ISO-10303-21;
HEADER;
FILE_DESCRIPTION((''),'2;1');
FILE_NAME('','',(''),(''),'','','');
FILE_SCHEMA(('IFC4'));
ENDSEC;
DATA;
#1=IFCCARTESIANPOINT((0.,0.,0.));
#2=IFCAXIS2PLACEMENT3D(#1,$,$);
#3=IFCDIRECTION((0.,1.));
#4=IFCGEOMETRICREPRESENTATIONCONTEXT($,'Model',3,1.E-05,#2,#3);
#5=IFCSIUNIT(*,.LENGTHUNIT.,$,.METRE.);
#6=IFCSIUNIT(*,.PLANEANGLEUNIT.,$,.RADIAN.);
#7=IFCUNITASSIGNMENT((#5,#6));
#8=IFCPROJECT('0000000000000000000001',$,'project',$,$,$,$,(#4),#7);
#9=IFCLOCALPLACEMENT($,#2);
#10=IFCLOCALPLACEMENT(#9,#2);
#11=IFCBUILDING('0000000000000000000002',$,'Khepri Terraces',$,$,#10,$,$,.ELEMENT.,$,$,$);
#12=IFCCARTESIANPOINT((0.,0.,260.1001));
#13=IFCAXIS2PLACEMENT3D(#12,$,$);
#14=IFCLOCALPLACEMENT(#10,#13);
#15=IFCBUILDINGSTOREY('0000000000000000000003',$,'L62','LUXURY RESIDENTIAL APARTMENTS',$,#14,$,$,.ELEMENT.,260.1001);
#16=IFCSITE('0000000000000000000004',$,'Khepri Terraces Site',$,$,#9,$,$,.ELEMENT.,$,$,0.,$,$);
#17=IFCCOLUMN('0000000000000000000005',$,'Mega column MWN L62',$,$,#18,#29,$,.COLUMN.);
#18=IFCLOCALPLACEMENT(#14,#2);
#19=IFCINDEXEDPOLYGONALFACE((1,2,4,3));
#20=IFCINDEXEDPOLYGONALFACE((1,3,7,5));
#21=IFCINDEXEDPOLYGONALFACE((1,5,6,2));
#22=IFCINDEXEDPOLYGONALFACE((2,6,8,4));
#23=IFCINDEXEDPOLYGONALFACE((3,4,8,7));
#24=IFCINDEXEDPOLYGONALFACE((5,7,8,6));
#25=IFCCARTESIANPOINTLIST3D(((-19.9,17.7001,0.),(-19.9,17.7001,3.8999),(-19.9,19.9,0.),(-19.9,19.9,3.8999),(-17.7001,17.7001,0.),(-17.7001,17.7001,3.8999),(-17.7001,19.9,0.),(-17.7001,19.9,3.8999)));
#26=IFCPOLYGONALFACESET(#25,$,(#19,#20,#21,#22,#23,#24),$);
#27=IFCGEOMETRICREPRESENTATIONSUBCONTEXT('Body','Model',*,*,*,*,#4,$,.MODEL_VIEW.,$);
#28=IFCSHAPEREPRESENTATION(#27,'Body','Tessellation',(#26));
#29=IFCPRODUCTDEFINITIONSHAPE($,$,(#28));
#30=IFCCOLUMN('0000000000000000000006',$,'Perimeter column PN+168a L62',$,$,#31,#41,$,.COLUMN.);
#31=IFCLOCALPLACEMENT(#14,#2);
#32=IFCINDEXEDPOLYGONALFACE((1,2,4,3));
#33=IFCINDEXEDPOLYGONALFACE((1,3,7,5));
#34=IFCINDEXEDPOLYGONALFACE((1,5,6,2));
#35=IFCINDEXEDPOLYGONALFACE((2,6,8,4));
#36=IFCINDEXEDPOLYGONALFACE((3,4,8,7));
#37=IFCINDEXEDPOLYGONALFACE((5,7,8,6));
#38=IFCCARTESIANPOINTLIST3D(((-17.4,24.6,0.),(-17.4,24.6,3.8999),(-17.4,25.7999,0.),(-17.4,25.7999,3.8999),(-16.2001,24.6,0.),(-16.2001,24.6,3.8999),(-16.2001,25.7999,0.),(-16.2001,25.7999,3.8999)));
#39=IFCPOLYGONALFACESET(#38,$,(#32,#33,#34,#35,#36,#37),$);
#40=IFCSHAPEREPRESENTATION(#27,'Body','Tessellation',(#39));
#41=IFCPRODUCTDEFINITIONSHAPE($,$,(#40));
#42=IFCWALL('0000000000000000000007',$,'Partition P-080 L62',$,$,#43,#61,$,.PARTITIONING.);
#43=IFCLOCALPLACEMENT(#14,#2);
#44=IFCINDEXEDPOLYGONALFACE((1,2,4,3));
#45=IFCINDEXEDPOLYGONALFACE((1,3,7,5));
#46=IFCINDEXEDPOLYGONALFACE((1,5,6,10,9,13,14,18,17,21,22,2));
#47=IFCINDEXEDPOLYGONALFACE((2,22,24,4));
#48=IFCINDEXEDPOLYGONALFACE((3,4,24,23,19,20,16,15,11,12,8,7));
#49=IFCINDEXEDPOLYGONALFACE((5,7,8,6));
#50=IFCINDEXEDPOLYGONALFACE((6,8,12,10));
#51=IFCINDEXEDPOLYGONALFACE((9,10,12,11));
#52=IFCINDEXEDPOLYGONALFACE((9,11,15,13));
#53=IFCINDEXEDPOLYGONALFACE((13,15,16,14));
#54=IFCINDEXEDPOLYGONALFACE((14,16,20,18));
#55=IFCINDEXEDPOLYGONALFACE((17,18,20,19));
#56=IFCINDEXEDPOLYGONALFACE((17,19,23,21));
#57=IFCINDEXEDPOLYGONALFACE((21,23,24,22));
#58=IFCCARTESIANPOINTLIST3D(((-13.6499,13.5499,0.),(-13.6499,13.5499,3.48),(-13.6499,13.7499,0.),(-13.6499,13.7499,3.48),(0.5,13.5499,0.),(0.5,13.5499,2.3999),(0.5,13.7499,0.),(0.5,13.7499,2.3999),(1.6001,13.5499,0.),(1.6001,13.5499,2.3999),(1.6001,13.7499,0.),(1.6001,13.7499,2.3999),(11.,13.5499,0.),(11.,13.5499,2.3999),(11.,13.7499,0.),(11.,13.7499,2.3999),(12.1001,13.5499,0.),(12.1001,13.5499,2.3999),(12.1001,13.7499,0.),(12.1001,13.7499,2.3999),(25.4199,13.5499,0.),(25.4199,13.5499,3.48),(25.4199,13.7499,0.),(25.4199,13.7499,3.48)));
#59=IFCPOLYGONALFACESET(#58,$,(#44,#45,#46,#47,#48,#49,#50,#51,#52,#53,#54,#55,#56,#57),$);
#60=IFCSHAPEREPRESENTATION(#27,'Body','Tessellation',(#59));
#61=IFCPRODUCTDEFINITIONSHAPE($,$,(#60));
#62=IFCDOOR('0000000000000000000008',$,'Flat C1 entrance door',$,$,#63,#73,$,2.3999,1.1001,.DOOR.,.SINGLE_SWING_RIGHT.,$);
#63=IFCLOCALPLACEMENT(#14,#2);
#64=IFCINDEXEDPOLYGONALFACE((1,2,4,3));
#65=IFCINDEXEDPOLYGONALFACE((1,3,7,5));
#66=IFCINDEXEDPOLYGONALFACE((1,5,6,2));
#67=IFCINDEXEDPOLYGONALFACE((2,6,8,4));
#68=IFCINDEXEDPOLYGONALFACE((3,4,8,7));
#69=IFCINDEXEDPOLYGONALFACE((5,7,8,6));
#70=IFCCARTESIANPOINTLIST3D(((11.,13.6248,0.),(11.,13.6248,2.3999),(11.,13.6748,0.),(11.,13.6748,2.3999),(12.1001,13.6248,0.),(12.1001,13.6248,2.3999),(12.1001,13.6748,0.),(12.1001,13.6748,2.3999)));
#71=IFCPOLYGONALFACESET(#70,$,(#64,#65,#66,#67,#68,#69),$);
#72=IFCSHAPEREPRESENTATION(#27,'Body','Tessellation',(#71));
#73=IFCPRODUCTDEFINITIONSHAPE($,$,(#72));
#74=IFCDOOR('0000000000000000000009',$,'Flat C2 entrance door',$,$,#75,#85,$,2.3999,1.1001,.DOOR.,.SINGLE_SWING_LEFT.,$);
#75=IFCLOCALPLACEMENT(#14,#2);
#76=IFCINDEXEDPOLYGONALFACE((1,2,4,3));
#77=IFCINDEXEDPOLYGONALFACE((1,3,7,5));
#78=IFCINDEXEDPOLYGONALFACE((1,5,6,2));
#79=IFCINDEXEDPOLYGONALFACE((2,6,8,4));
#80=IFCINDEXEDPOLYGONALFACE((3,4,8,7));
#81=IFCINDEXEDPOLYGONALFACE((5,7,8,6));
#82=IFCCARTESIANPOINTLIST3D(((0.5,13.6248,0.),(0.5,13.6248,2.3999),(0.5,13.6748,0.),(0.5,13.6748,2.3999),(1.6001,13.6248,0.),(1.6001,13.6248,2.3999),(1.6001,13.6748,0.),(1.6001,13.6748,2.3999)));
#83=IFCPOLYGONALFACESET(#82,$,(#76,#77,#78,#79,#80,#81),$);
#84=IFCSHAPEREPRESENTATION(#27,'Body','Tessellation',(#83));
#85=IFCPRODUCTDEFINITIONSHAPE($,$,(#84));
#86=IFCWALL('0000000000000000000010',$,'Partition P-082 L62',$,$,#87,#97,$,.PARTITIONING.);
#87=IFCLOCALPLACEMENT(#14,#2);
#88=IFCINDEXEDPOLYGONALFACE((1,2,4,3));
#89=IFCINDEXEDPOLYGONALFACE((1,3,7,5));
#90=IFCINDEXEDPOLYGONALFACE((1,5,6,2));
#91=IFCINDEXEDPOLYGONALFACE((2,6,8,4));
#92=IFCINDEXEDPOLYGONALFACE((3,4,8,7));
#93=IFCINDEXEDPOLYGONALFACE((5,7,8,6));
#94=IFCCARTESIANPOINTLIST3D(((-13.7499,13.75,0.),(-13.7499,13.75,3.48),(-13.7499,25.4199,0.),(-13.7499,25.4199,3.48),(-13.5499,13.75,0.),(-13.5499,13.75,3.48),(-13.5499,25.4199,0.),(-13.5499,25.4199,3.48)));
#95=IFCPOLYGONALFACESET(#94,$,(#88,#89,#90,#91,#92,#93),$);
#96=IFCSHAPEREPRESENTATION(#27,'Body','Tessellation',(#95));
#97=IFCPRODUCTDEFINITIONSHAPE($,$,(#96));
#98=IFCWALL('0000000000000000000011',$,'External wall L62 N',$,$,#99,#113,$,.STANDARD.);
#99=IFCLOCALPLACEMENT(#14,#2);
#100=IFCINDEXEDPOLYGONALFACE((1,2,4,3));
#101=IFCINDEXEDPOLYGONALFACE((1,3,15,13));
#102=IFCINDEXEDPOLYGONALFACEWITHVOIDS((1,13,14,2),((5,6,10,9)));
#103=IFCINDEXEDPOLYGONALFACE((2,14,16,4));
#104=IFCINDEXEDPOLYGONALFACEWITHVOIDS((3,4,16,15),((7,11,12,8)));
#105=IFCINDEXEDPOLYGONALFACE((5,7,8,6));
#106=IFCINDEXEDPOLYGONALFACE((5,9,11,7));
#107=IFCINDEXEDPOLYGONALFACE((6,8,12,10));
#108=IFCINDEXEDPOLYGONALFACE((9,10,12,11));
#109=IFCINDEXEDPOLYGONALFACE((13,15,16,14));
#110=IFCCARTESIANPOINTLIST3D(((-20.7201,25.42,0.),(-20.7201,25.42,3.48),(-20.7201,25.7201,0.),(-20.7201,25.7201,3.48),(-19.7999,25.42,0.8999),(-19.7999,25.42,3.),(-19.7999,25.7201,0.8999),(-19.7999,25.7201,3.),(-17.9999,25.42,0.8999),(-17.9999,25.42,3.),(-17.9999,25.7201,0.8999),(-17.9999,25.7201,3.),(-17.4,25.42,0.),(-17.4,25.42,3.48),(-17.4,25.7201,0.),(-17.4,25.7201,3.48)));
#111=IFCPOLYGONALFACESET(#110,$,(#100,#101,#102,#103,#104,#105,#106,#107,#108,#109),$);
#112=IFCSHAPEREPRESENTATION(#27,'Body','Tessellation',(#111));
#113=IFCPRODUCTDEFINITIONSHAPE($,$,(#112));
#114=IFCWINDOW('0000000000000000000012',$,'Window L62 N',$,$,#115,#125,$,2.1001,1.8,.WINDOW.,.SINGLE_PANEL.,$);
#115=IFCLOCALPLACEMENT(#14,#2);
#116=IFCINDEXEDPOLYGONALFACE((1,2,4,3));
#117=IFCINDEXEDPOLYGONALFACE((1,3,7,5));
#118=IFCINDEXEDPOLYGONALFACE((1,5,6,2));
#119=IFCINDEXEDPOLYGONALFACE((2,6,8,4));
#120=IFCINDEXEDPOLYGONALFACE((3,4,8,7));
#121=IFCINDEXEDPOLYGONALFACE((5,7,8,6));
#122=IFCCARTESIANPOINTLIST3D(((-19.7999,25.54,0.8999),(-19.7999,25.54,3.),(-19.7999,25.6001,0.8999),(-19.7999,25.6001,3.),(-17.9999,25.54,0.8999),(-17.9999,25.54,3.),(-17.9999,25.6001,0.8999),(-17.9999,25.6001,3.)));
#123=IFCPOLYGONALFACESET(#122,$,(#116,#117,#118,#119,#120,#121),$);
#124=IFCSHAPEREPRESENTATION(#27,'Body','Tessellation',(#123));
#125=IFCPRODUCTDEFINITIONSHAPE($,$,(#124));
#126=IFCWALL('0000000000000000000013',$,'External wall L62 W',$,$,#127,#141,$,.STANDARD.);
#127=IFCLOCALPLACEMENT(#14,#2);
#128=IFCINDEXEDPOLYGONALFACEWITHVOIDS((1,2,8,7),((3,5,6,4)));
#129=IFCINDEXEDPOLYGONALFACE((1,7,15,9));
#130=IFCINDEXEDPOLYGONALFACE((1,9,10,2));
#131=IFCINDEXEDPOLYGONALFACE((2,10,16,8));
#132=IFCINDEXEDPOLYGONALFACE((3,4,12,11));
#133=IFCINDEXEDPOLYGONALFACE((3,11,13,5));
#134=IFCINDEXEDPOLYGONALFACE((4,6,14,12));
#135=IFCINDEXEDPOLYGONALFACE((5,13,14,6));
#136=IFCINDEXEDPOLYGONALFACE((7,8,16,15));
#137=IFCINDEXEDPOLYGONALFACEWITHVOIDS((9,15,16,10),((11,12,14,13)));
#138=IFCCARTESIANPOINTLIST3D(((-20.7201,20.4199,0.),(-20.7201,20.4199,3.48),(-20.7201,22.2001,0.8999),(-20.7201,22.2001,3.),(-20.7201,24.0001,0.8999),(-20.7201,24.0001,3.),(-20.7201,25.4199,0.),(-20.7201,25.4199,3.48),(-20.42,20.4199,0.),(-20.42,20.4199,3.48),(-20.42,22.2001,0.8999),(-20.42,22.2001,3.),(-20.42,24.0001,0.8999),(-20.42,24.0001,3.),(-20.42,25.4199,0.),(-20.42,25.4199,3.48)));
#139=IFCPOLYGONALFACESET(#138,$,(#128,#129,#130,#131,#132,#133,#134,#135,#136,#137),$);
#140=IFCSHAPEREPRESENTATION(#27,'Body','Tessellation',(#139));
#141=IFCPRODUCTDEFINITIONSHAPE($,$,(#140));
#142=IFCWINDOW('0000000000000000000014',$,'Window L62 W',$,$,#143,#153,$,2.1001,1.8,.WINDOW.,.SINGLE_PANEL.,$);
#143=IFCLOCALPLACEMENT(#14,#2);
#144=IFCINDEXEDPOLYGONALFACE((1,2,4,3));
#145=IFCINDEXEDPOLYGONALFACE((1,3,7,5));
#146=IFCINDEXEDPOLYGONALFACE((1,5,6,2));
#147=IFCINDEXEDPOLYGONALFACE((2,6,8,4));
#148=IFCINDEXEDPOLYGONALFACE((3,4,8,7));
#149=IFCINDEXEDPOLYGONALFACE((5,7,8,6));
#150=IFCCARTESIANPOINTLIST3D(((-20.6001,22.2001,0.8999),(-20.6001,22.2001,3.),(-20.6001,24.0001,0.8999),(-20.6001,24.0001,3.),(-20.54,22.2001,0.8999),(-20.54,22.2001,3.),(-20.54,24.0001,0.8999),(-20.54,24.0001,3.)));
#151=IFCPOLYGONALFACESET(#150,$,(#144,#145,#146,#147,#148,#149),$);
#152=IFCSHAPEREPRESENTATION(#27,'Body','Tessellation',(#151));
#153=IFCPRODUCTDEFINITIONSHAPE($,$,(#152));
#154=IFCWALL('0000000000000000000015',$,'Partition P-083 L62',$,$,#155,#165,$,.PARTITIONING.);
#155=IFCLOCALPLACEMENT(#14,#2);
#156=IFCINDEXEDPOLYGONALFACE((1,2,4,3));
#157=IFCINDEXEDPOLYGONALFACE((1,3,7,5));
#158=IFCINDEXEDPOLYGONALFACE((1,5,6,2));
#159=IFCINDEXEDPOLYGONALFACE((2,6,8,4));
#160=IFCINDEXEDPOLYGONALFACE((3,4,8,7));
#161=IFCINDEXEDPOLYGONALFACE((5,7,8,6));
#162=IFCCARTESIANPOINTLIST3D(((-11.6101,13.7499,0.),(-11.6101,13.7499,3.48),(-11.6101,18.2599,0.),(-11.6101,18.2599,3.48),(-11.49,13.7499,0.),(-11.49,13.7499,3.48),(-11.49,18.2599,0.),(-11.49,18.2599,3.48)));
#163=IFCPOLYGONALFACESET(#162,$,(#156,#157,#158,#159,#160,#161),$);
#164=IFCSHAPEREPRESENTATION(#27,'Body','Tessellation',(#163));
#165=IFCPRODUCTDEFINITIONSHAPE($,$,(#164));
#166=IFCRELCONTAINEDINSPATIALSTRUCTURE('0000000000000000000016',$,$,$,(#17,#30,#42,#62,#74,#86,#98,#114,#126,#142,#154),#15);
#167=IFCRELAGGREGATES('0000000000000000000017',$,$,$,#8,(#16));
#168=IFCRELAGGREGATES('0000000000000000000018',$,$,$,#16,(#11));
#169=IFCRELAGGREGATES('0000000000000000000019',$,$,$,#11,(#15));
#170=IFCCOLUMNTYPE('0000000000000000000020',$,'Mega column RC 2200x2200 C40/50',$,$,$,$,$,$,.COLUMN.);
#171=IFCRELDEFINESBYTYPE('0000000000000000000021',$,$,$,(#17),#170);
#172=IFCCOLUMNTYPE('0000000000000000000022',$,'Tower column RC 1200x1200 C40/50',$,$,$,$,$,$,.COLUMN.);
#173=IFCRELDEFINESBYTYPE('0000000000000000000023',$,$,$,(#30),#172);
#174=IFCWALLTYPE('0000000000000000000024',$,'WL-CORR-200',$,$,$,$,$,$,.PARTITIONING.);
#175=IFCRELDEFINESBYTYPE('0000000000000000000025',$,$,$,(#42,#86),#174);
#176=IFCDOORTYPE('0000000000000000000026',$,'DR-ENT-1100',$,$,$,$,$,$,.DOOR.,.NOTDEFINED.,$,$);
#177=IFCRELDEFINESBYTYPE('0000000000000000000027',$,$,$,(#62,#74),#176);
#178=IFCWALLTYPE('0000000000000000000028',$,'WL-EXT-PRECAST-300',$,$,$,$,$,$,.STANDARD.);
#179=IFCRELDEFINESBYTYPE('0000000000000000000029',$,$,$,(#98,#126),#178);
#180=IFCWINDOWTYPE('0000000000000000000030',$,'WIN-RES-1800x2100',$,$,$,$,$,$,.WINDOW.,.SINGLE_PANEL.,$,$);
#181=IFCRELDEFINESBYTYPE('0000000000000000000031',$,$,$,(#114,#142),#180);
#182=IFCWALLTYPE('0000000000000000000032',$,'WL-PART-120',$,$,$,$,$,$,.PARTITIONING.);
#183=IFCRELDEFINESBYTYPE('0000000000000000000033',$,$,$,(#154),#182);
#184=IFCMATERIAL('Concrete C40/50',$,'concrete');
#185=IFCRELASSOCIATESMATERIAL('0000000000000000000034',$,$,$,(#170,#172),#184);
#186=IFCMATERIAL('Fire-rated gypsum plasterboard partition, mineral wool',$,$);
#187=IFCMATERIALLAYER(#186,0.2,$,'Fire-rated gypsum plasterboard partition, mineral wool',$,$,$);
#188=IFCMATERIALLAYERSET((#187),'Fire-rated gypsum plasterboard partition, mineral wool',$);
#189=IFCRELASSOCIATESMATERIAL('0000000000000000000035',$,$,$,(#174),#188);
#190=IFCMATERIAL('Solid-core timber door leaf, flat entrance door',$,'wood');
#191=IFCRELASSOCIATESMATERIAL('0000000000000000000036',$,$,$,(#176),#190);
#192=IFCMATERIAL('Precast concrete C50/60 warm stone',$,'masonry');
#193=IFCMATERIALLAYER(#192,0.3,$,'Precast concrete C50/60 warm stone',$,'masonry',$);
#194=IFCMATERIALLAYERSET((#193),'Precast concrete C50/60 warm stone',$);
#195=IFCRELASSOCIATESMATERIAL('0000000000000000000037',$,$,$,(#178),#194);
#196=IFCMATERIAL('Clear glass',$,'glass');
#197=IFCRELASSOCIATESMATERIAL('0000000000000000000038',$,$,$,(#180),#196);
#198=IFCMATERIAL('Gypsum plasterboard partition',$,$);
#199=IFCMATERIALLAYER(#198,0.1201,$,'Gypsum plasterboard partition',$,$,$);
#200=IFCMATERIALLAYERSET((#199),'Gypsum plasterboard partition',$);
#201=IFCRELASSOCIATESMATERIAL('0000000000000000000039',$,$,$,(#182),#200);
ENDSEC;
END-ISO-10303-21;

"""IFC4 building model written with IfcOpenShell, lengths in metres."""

from ifc_helpers import new_model, si_unit, direction, frame, frame_2d, origin, origin_2d, place, context, subcontext, project, spatial, rectangle, extrude, material, layer, layer_set, material_profile, profile_set, type_object, element, fill, save


model = new_model("IFC4")

# Units and contexts
model_context = context("Model", 3, precision=1e-05, world=origin(), true_north=direction((0.0, 1.0)))
body_context = subcontext(model_context, "Body", "Model", "MODEL_VIEW")
ifc_project = project(units=[si_unit("LENGTHUNIT", "METRE"), si_unit("PLANEANGLEUNIT", "RADIAN")], contexts=[model_context])

# Site, building, storey
site_placement = place(None, origin())
site = spatial("IfcSite", under=ifc_project, at=site_placement, Name="Khepri Terraces Site", CompositionType="ELEMENT", RefElevation=0.0)
building_placement = place(site_placement, origin())
building = spatial("IfcBuilding", under=site, at=building_placement, Name="Khepri Terraces", CompositionType="ELEMENT")
storey_placement = place(building_placement, frame((0.0, 0.0, 260.1001)))
storey = spatial("IfcBuildingStorey", under=building, at=storey_placement, Name="L62", Description="LUXURY RESIDENTIAL APARTMENTS", CompositionType="ELEMENT", Elevation=260.1001)

# Columns
ifc_material_1 = material(Name="Concrete C40/50", Category="concrete")
ifc_material_profile_1 = material_profile(ifc_material_1, rectangle(XDim=2.2, YDim=2.2, at=origin_2d()), Name="Concrete C40/50", Category="concrete")
ifc_profile_set_1 = profile_set([ifc_material_profile_1], Name="Concrete C40/50")
column_type_1 = type_object("IfcColumnType", Name="Mega column RC 2200x2200 C40/50", PredefinedType="COLUMN", material=ifc_profile_set_1)
column_1_placement = place(storey_placement, frame((-18.8, 18.8, 0.0), z_axis=(0.0, 0.0, 1.0), x_axis=(1.0, 0.0, 0.0)))
element("IfcColumn", 1, at=column_1_placement, inside=storey, type_object=column_type_1, Name="Mega column MWN L62", PredefinedType="COLUMN", context=body_context, shape_type="SweptSolid", body=[
    extrude(rectangle(XDim=2.2, YDim=2.2, at=origin_2d()), origin(), (0.0, 0.0, 1.0), 3.8999),
])
ifc_material_profile_2 = material_profile(ifc_material_1, rectangle(XDim=1.2, YDim=1.2, at=origin_2d()), Name="Concrete C40/50", Category="concrete")
ifc_profile_set_2 = profile_set([ifc_material_profile_2], Name="Concrete C40/50")
column_type_2 = type_object("IfcColumnType", Name="Tower column RC 1200x1200 C40/50", PredefinedType="COLUMN", material=ifc_profile_set_2)
column_2_placement = place(storey_placement, frame((-16.8, 25.2, 0.0), z_axis=(0.0, 0.0, 1.0), x_axis=(1.0, 0.0, 0.0)))
element("IfcColumn", 2, at=column_2_placement, inside=storey, type_object=column_type_2, Name="Perimeter column PN+168a L62", PredefinedType="COLUMN", context=body_context, shape_type="SweptSolid", body=[
    extrude(rectangle(XDim=1.2, YDim=1.2, at=origin_2d()), origin(), (0.0, 0.0, 1.0), 3.8999),
])

# Wall, openings, doors
ifc_material_2 = material(Name="Fire-rated gypsum plasterboard partition, mineral wool")
ifc_layer_1 = layer(ifc_material_2, 0.2, Name="Fire-rated gypsum plasterboard partition, mineral wool")
ifc_layer_set_1 = layer_set([ifc_layer_1], Name="Fire-rated gypsum plasterboard partition, mineral wool")
wall_type_1 = type_object("IfcWallType", Name="WL-CORR-200", PredefinedType="PARTITIONING", material=ifc_layer_set_1)
wall_1_placement = place(storey_placement, frame((-13.6499, 13.6499, 0.0), z_axis=(0.0, 0.0, 1.0), x_axis=(1.0, 0.0, 0.0)))
wall_1 = element("IfcWall", 3, at=wall_1_placement, inside=storey, type_object=wall_type_1, Name="Partition P-080 L62", PredefinedType="PARTITIONING", context=body_context, shape_type="SweptSolid", body=[
    extrude(rectangle(XDim=39.0698, YDim=0.2, at=frame_2d((19.5349, 0.0))), origin(), (0.0, 0.0, 1.0), 3.48),
])
opening_1_placement = place(wall_1_placement, frame((24.6499, 0.0, 0.0)))
opening_1 = element("IfcOpeningElement", 4, at=opening_1_placement, cuts=wall_1, PredefinedType="OPENING", context=body_context, shape_type="SweptSolid", body=[
    extrude(rectangle(XDim=1.1001, YDim=2.3999, at=frame_2d((0.55, 1.2))), frame((0.0, 0.1099, 0.0), z_axis=(0.0, -1.0, 0.0), x_axis=(1.0, 0.0, 0.0)), (0.0, 0.0, 1.0), 0.22),
])
opening_2_placement = place(wall_1_placement, frame((14.1499, 0.0, 0.0)))
opening_2 = element("IfcOpeningElement", 5, at=opening_2_placement, cuts=wall_1, PredefinedType="OPENING", context=body_context, shape_type="SweptSolid", body=[
    extrude(rectangle(XDim=1.1001, YDim=2.3999, at=frame_2d((0.55, 1.2))), frame((0.0, 0.1099, 0.0), z_axis=(0.0, -1.0, 0.0), x_axis=(1.0, 0.0, 0.0)), (0.0, 0.0, 1.0), 0.22),
])
ifc_material_3 = material(Name="Solid-core timber door leaf, flat entrance door", Category="wood")
door_type_1 = type_object("IfcDoorType", Name="DR-ENT-1100", OperationType="NOTDEFINED", PredefinedType="DOOR", material=ifc_material_3)
door_1_placement = place(opening_1_placement, origin())
door_1 = element("IfcDoor", 6, at=door_1_placement, inside=storey, type_object=door_type_1, Name="Flat C1 entrance door", OperationType="SINGLE_SWING_RIGHT", OverallHeight=2.3999, OverallWidth=1.1001, PredefinedType="DOOR", context=body_context, shape_type="SweptSolid", body=[
    extrude(rectangle(XDim=1.1001, YDim=2.3999, at=frame_2d((0.55, 1.2))), frame((0.0, 0.0249, 0.0), z_axis=(0.0, -1.0, 0.0), x_axis=(1.0, 0.0, 0.0)), (0.0, 0.0, 1.0), 0.05),
])
fill(opening_1, door_1)
door_2_placement = place(opening_2_placement, origin())
door_2 = element("IfcDoor", 7, at=door_2_placement, inside=storey, type_object=door_type_1, Name="Flat C2 entrance door", OperationType="SINGLE_SWING_LEFT", OverallHeight=2.3999, OverallWidth=1.1001, PredefinedType="DOOR", context=body_context, shape_type="SweptSolid", body=[
    extrude(rectangle(XDim=1.1001, YDim=2.3999, at=frame_2d((0.55, 1.2))), frame((0.0, 0.0249, 0.0), z_axis=(0.0, -1.0, 0.0), x_axis=(1.0, 0.0, 0.0)), (0.0, 0.0, 1.0), 0.05),
])
fill(opening_2, door_2)

# Wall
wall_2_placement = place(storey_placement, frame((-13.6499, 13.75, 0.0), z_axis=(0.0, 0.0, 1.0), x_axis=(0.0, 1.0, 0.0)))
element("IfcWall", 8, at=wall_2_placement, inside=storey, type_object=wall_type_1, Name="Partition P-082 L62", PredefinedType="PARTITIONING", context=body_context, shape_type="SweptSolid", body=[
    extrude(rectangle(XDim=11.6699, YDim=0.2, at=frame_2d((5.835, 0.0))), origin(), (0.0, 0.0, 1.0), 3.48),
])

# Walls, openings, windows
ifc_material_4 = material(Name="Precast concrete C50/60 warm stone", Category="masonry")
ifc_layer_2 = layer(ifc_material_4, 0.3, Name="Precast concrete C50/60 warm stone", Category="masonry")
ifc_layer_set_2 = layer_set([ifc_layer_2], Name="Precast concrete C50/60 warm stone")
wall_type_2 = type_object("IfcWallType", Name="WL-EXT-PRECAST-300", PredefinedType="STANDARD", material=ifc_layer_set_2)
wall_3_placement = place(storey_placement, frame((-17.3999, 25.5701, 0.0), z_axis=(0.0, 0.0, 1.0), x_axis=(-1.0, 0.0, 0.0)))
wall_3 = element("IfcWall", 9, at=wall_3_placement, inside=storey, type_object=wall_type_2, Name="External wall L62 N", PredefinedType="STANDARD", context=body_context, shape_type="SweptSolid", body=[
    extrude(rectangle(XDim=3.3201, YDim=0.3, at=frame_2d((1.6602, 0.0))), origin(), (0.0, 0.0, 1.0), 3.48),
])
opening_3_placement = place(wall_3_placement, frame((0.6001, 0.0, 0.8999)))
opening_3 = element("IfcOpeningElement", 10, at=opening_3_placement, cuts=wall_3, PredefinedType="OPENING", context=body_context, shape_type="SweptSolid", body=[
    extrude(rectangle(XDim=1.8, YDim=2.1001, at=frame_2d((0.8999, 1.05))), frame((0.0, 0.1602, 0.0), z_axis=(0.0, -1.0, 0.0), x_axis=(1.0, 0.0, 0.0)), (0.0, 0.0, 1.0), 0.3201),
])
ifc_material_5 = material(Name="Clear glass", Category="glass")
window_type = type_object("IfcWindowType", Name="WIN-RES-1800x2100", PartitioningType="SINGLE_PANEL", PredefinedType="WINDOW", material=ifc_material_5)
window_1_placement = place(opening_3_placement, origin())
window_1 = element("IfcWindow", 11, at=window_1_placement, inside=storey, type_object=window_type, Name="Window L62 N", OverallHeight=2.1001, OverallWidth=1.8, PartitioningType="SINGLE_PANEL", PredefinedType="WINDOW", context=body_context, shape_type="SweptSolid", body=[
    extrude(rectangle(XDim=1.8, YDim=2.1001, at=frame_2d((0.8999, 1.05))), frame((0.0, 0.03, 0.0), z_axis=(0.0, -1.0, 0.0), x_axis=(1.0, 0.0, 0.0)), (0.0, 0.0, 1.0), 0.0601),
])
fill(opening_3, window_1)
wall_4_placement = place(storey_placement, frame((-20.5701, 25.4199, 0.0), z_axis=(0.0, 0.0, 1.0), x_axis=(0.0, -1.0, 0.0)))
wall_4 = element("IfcWall", 12, at=wall_4_placement, inside=storey, type_object=wall_type_2, Name="External wall L62 W", PredefinedType="STANDARD", context=body_context, shape_type="SweptSolid", body=[
    extrude(rectangle(XDim=5.0, YDim=0.3, at=frame_2d((2.5, 0.0))), origin(), (0.0, 0.0, 1.0), 3.48),
])
opening_4_placement = place(wall_4_placement, frame((1.4199, 0.0, 0.8999)))
opening_4 = element("IfcOpeningElement", 13, at=opening_4_placement, cuts=wall_4, PredefinedType="OPENING", context=body_context, shape_type="SweptSolid", body=[
    extrude(rectangle(XDim=1.8, YDim=2.1001, at=frame_2d((0.8999, 1.05))), frame((0.0, 0.1602, 0.0), z_axis=(0.0, -1.0, 0.0), x_axis=(1.0, 0.0, 0.0)), (0.0, 0.0, 1.0), 0.3201),
])
window_2_placement = place(opening_4_placement, origin())
window_2 = element("IfcWindow", 14, at=window_2_placement, inside=storey, type_object=window_type, Name="Window L62 W", OverallHeight=2.1001, OverallWidth=1.8, PartitioningType="SINGLE_PANEL", PredefinedType="WINDOW", context=body_context, shape_type="SweptSolid", body=[
    extrude(rectangle(XDim=1.8, YDim=2.1001, at=frame_2d((0.8999, 1.05))), frame((0.0, 0.03, 0.0), z_axis=(0.0, -1.0, 0.0), x_axis=(1.0, 0.0, 0.0)), (0.0, 0.0, 1.0), 0.0601),
])
fill(opening_4, window_2)

# Wall
ifc_material_6 = material(Name="Gypsum plasterboard partition")
ifc_layer_3 = layer(ifc_material_6, 0.1201, Name="Gypsum plasterboard partition")
ifc_layer_set_3 = layer_set([ifc_layer_3], Name="Gypsum plasterboard partition")
wall_type_3 = type_object("IfcWallType", Name="WL-PART-120", PredefinedType="PARTITIONING", material=ifc_layer_set_3)
wall_5_placement = place(storey_placement, frame((-11.55, 13.75, 0.0), z_axis=(0.0, 0.0, 1.0), x_axis=(0.0, 1.0, 0.0)))
element("IfcWall", 15, at=wall_5_placement, inside=storey, type_object=wall_type_3, Name="Partition P-083 L62", PredefinedType="PARTITIONING", context=body_context, shape_type="SweptSolid", body=[
    extrude(rectangle(XDim=4.51, YDim=0.1201, at=frame_2d((2.2549, 0.0))), origin(), (0.0, 0.0, 1.0), 3.48),
])

save(model, "model.ifc")
